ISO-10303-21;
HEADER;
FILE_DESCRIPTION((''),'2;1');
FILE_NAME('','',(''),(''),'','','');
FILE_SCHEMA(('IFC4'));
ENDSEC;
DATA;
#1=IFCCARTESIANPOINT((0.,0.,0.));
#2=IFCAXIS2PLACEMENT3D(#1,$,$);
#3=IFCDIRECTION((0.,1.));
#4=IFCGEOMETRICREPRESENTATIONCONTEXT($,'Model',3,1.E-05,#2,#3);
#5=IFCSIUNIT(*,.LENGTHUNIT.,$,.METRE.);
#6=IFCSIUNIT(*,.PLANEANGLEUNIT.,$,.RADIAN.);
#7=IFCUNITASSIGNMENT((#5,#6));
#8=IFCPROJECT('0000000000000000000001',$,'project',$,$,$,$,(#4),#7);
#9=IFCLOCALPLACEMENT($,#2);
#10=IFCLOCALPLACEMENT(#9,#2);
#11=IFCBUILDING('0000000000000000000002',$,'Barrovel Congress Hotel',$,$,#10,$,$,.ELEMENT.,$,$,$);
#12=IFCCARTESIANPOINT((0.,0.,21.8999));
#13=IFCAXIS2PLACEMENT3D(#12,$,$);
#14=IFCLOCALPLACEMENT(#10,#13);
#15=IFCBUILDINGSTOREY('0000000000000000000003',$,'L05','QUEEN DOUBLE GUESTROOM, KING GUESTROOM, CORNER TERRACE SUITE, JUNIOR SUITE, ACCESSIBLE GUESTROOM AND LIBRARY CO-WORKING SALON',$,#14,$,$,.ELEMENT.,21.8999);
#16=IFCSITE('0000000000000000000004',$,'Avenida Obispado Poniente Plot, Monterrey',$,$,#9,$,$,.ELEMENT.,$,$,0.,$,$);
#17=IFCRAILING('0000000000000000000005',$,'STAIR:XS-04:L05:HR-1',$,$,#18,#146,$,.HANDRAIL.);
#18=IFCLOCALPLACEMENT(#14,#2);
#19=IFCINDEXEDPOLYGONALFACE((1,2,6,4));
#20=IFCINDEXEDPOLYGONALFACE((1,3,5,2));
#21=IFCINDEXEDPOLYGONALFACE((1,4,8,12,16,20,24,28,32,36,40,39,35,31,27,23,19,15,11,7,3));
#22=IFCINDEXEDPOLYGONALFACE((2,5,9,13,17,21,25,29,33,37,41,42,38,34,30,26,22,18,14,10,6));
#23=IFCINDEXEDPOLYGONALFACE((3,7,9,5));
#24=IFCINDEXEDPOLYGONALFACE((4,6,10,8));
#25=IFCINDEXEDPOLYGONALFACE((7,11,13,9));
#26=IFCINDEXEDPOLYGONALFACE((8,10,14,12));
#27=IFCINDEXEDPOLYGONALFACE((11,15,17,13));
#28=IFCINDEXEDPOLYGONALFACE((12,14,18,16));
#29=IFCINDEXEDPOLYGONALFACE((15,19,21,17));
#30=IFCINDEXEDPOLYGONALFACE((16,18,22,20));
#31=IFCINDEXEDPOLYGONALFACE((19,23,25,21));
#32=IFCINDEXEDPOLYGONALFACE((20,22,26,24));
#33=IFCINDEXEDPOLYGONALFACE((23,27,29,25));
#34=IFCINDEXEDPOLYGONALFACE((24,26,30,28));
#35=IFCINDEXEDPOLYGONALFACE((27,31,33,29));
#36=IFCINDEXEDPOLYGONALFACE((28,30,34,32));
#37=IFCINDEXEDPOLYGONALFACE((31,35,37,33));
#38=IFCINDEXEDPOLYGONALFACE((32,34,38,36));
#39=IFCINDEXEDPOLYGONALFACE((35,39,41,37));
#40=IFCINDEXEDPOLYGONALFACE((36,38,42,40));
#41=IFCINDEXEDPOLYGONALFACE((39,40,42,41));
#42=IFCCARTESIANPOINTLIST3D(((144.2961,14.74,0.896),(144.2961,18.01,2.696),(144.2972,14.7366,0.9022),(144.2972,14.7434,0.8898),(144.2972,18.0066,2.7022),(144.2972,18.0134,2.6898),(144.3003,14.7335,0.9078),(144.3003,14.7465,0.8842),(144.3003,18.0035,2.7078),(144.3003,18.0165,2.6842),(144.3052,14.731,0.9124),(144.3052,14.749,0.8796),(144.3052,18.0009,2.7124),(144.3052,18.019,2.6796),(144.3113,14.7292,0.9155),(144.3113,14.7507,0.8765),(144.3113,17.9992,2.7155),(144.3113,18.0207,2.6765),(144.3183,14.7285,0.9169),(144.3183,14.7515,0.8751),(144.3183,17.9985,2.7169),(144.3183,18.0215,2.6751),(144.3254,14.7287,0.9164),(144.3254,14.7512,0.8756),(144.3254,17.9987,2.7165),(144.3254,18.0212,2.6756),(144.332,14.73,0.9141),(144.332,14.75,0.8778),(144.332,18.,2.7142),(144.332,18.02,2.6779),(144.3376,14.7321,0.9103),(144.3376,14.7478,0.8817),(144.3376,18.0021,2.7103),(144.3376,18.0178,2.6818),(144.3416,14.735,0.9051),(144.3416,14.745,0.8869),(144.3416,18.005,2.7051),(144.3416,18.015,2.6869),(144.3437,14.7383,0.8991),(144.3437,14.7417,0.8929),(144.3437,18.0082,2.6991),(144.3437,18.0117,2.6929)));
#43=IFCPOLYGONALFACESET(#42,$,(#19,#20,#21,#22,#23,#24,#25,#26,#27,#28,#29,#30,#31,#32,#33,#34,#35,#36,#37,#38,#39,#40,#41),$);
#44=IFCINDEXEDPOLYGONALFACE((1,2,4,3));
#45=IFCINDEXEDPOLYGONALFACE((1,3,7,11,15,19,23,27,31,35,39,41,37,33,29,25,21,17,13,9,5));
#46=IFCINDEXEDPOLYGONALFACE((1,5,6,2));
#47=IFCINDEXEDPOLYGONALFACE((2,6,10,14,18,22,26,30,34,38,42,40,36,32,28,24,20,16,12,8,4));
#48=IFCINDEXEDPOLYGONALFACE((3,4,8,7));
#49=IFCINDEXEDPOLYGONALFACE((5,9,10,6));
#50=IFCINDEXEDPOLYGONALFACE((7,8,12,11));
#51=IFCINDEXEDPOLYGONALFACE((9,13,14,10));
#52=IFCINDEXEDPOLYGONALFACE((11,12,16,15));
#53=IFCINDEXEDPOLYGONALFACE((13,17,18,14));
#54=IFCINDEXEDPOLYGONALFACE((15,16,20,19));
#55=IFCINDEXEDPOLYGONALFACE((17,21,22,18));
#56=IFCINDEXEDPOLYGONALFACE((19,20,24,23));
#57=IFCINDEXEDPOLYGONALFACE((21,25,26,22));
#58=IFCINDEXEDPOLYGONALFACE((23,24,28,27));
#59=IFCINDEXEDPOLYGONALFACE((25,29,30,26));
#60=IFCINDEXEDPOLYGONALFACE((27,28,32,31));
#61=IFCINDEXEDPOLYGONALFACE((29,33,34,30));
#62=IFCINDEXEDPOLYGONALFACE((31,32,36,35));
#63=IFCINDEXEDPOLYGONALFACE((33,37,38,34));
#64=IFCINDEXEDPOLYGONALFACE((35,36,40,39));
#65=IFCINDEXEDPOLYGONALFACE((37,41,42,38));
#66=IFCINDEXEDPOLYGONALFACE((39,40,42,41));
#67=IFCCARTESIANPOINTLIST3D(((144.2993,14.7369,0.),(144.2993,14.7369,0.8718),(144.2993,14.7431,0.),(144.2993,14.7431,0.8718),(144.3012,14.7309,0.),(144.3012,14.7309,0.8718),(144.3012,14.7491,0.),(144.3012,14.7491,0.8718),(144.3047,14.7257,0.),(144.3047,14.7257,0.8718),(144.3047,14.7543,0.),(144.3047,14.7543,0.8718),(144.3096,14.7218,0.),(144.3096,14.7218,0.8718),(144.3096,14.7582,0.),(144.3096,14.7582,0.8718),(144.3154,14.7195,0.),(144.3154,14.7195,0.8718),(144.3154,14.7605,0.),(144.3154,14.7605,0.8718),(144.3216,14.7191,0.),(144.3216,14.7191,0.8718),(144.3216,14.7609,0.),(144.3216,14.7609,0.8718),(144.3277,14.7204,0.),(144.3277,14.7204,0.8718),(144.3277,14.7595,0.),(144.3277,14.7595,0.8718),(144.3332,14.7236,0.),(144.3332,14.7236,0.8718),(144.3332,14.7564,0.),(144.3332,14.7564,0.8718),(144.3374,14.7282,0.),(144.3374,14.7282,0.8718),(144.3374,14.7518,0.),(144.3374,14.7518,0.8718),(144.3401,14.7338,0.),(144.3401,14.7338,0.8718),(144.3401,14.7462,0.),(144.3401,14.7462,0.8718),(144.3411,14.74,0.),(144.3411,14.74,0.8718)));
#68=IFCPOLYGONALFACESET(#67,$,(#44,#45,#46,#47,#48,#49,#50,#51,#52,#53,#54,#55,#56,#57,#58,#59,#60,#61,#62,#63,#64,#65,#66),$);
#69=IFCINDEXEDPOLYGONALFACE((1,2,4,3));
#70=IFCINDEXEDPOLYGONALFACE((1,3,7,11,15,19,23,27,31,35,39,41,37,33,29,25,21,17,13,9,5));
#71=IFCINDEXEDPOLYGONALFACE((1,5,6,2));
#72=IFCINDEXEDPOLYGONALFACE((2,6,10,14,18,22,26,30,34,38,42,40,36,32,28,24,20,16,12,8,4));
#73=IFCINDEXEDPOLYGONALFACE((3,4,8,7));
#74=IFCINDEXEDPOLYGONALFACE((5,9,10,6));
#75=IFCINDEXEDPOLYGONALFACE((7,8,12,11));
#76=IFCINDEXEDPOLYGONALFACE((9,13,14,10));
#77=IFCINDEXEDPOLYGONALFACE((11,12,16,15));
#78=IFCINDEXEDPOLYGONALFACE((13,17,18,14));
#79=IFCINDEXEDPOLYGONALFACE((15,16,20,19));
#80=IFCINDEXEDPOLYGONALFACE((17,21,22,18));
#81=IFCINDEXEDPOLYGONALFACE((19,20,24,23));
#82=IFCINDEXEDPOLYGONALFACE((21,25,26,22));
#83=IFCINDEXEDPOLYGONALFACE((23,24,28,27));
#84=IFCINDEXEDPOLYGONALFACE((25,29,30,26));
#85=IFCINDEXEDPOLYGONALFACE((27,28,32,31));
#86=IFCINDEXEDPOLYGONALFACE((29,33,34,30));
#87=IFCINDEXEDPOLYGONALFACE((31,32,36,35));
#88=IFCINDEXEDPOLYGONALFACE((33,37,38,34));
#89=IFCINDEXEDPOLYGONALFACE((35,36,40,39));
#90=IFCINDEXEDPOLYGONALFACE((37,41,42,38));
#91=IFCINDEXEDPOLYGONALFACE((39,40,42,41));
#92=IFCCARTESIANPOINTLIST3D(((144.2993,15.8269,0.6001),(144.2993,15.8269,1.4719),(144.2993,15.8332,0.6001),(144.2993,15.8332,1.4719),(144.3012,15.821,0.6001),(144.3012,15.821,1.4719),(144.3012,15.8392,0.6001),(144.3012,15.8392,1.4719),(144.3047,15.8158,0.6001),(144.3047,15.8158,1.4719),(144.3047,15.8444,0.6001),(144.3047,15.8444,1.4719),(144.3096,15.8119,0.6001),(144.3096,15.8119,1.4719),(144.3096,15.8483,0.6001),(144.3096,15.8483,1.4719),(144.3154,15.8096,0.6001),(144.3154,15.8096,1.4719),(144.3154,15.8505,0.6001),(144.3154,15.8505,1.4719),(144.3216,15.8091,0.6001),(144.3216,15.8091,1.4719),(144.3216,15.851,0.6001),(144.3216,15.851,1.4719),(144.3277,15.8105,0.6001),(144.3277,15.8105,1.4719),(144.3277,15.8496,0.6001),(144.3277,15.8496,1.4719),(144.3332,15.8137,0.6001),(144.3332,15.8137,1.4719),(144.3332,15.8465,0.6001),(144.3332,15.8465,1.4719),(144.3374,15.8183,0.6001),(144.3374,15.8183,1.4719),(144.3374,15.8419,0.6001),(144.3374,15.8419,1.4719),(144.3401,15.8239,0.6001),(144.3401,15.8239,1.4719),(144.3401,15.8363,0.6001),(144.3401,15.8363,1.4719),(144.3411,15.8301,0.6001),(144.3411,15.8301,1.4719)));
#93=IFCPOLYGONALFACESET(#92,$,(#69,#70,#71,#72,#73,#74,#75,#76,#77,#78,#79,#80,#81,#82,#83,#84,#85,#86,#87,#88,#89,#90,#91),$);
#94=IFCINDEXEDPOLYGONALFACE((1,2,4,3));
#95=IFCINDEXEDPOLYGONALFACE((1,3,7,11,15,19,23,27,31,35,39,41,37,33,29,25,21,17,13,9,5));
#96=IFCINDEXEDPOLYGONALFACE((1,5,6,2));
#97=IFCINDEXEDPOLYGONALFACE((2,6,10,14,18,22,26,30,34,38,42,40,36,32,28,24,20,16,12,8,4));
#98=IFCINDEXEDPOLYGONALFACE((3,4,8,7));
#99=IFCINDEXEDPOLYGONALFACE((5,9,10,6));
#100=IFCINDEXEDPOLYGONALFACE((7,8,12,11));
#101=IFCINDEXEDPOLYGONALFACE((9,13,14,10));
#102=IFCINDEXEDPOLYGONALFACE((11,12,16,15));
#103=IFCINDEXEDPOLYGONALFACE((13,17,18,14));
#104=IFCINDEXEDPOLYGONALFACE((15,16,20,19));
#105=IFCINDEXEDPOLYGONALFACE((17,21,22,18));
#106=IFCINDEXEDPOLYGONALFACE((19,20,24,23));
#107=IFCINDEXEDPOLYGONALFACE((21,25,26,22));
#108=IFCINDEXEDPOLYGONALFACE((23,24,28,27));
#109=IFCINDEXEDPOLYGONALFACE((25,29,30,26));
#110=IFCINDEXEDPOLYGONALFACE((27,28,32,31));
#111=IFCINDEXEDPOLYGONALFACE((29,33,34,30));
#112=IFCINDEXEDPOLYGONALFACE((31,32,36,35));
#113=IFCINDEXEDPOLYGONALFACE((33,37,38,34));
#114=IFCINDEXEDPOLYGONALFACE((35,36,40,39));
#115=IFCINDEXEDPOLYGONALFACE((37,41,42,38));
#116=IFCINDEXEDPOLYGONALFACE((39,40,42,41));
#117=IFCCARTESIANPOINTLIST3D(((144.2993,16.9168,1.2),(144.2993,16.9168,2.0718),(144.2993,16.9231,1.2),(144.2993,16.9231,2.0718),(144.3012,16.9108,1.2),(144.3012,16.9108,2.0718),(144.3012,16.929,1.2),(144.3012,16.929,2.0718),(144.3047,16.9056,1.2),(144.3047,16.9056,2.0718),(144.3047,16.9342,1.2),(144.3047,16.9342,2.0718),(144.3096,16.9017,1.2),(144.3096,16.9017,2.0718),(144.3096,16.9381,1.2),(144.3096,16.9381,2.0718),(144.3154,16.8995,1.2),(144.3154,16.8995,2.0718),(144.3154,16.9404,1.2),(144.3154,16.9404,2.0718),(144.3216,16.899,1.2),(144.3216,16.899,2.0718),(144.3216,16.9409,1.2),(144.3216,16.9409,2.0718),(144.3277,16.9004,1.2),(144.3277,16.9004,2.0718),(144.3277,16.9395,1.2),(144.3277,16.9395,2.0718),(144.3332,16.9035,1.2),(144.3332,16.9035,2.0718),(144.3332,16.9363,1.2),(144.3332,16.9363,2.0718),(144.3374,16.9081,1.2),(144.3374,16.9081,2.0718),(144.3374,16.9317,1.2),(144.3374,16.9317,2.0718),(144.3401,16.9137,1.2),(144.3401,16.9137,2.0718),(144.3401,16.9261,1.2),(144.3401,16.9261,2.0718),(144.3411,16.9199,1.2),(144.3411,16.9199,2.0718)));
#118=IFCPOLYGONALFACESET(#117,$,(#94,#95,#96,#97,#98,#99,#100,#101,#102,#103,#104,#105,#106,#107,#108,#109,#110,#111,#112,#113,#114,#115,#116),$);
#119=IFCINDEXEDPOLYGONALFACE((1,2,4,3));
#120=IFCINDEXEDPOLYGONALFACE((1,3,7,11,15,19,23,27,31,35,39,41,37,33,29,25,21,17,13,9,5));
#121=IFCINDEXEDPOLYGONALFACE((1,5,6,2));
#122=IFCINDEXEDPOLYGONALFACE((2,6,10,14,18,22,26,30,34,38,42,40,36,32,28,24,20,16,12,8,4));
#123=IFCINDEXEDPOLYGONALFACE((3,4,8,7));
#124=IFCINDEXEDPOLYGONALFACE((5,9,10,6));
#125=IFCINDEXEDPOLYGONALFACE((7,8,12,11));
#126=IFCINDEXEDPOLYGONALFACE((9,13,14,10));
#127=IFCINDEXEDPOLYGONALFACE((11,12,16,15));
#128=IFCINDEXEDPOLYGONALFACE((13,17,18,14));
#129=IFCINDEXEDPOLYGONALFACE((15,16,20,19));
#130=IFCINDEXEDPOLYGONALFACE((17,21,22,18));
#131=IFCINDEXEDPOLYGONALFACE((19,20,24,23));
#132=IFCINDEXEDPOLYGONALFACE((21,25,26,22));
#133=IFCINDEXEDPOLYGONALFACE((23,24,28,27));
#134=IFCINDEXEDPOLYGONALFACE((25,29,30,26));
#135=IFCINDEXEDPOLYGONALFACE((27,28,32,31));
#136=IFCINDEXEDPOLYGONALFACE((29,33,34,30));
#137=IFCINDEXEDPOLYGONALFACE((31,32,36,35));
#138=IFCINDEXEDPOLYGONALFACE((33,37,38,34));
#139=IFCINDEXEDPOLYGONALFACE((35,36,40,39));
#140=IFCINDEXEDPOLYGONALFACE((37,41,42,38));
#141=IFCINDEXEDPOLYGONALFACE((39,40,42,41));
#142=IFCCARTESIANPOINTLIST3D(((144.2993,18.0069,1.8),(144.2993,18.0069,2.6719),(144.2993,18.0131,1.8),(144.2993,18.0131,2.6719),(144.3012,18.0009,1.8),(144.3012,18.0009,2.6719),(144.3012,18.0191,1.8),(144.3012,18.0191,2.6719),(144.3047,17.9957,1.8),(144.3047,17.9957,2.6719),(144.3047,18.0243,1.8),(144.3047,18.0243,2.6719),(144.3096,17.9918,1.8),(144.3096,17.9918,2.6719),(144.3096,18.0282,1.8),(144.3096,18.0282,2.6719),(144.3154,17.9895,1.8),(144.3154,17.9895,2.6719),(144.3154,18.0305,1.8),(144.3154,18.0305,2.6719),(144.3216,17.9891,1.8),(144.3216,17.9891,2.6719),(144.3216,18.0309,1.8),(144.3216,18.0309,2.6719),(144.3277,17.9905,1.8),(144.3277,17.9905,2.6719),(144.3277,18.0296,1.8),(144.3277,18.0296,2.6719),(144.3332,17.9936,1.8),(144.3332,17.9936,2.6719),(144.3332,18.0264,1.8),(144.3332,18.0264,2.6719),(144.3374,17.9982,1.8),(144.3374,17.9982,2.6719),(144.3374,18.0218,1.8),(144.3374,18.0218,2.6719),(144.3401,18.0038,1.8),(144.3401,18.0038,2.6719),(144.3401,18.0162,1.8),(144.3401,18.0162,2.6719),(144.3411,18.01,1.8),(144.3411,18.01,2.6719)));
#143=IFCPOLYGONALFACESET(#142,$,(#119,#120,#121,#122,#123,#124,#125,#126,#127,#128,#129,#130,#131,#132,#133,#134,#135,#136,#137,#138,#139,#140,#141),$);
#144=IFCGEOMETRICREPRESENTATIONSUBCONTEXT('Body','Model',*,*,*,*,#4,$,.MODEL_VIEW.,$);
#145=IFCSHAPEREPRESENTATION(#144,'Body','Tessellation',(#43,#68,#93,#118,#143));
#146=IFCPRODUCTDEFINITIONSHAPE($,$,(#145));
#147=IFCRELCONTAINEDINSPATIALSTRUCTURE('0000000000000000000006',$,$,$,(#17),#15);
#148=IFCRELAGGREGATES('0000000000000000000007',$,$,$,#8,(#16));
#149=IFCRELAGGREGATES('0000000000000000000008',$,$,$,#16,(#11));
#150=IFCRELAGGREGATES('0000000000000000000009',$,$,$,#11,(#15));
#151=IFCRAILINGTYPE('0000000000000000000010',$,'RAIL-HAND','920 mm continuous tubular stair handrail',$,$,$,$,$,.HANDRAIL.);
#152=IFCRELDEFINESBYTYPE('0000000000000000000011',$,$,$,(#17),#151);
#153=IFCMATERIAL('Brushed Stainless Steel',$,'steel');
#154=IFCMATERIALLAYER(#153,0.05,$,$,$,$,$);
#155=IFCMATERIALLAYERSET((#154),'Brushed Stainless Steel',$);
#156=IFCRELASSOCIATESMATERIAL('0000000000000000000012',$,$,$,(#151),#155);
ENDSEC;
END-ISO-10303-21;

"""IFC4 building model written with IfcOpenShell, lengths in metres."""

from ifc_helpers import new_model, si_unit, direction, frame, origin, origin_2d, place, context, subcontext, project, spatial, circle, extrude, material, layer, layer_set, type_object, element, save


model = new_model("IFC4")

# Units and contexts
model_context = context("Model", 3, precision=1e-05, world=origin(), true_north=direction((0.0, 1.0)))
body_context = subcontext(model_context, "Body", "Model", "MODEL_VIEW")
ifc_project = project(units=[si_unit("LENGTHUNIT", "METRE"), si_unit("PLANEANGLEUNIT", "RADIAN")], contexts=[model_context])

# Site, building, storey
site_placement = place(None, origin())
site = spatial("IfcSite", under=ifc_project, at=site_placement, Name="Avenida Obispado Poniente Plot, Monterrey", CompositionType="ELEMENT", RefElevation=0.0)
building_placement = place(site_placement, origin())
building = spatial("IfcBuilding", under=site, at=building_placement, Name="Barrovel Congress Hotel", CompositionType="ELEMENT")
storey_placement = place(building_placement, frame((0.0, 0.0, 21.8999)))
storey = spatial("IfcBuildingStorey", under=building, at=storey_placement, Name="L05", Description="QUEEN DOUBLE GUESTROOM, KING GUESTROOM, CORNER TERRACE SUITE, JUNIOR SUITE, ACCESSIBLE GUESTROOM AND LIBRARY CO-WORKING SALON", CompositionType="ELEMENT", Elevation=21.8999)

# Railing
ifc_material_1 = material(Name="Brushed Stainless Steel", Category="steel")
ifc_layer_1 = layer(ifc_material_1, 0.05)
ifc_layer_set_1 = layer_set([ifc_layer_1], Name="Brushed Stainless Steel")
railing_type_1 = type_object("IfcRailingType", Name="RAIL-HAND", Description="920 mm continuous tubular stair handrail", PredefinedType="HANDRAIL", material=ifc_layer_set_1)
railing_1_placement = place(storey_placement, frame((144.3201, 14.74, 0.0)))
element("IfcRailing", 1, at=railing_1_placement, inside=storey, type_object=railing_type_1, Name="STAIR:XS-04:L05:HR-1", PredefinedType="HANDRAIL", context=body_context, shape_type="SweptSolid", body=[
    extrude(circle(Radius=0.0239, at=origin_2d()), frame((0.0, 0.0, 0.896), z_axis=(0.0, 0.876042, 0.482235), x_axis=(-1.0, 0.0, 0.0)), (0.0, 0.0, 1.0), 3.7327),
    extrude(circle(Radius=0.021, at=origin_2d()), origin(), (0.0, 0.0, 1.0), 0.8718),
    extrude(circle(Radius=0.021, at=origin_2d()), frame((0.0, 1.0901, 0.6001)), (0.0, 0.0, 1.0), 0.8718),
    extrude(circle(Radius=0.021, at=origin_2d()), frame((0.0, 2.1799, 1.2)), (0.0, 0.0, 1.0), 0.8718),
    extrude(circle(Radius=0.021, at=origin_2d()), frame((0.0, 3.27, 1.8)), (0.0, 0.0, 1.0), 0.8718),
])

save(model, "model.ifc")
